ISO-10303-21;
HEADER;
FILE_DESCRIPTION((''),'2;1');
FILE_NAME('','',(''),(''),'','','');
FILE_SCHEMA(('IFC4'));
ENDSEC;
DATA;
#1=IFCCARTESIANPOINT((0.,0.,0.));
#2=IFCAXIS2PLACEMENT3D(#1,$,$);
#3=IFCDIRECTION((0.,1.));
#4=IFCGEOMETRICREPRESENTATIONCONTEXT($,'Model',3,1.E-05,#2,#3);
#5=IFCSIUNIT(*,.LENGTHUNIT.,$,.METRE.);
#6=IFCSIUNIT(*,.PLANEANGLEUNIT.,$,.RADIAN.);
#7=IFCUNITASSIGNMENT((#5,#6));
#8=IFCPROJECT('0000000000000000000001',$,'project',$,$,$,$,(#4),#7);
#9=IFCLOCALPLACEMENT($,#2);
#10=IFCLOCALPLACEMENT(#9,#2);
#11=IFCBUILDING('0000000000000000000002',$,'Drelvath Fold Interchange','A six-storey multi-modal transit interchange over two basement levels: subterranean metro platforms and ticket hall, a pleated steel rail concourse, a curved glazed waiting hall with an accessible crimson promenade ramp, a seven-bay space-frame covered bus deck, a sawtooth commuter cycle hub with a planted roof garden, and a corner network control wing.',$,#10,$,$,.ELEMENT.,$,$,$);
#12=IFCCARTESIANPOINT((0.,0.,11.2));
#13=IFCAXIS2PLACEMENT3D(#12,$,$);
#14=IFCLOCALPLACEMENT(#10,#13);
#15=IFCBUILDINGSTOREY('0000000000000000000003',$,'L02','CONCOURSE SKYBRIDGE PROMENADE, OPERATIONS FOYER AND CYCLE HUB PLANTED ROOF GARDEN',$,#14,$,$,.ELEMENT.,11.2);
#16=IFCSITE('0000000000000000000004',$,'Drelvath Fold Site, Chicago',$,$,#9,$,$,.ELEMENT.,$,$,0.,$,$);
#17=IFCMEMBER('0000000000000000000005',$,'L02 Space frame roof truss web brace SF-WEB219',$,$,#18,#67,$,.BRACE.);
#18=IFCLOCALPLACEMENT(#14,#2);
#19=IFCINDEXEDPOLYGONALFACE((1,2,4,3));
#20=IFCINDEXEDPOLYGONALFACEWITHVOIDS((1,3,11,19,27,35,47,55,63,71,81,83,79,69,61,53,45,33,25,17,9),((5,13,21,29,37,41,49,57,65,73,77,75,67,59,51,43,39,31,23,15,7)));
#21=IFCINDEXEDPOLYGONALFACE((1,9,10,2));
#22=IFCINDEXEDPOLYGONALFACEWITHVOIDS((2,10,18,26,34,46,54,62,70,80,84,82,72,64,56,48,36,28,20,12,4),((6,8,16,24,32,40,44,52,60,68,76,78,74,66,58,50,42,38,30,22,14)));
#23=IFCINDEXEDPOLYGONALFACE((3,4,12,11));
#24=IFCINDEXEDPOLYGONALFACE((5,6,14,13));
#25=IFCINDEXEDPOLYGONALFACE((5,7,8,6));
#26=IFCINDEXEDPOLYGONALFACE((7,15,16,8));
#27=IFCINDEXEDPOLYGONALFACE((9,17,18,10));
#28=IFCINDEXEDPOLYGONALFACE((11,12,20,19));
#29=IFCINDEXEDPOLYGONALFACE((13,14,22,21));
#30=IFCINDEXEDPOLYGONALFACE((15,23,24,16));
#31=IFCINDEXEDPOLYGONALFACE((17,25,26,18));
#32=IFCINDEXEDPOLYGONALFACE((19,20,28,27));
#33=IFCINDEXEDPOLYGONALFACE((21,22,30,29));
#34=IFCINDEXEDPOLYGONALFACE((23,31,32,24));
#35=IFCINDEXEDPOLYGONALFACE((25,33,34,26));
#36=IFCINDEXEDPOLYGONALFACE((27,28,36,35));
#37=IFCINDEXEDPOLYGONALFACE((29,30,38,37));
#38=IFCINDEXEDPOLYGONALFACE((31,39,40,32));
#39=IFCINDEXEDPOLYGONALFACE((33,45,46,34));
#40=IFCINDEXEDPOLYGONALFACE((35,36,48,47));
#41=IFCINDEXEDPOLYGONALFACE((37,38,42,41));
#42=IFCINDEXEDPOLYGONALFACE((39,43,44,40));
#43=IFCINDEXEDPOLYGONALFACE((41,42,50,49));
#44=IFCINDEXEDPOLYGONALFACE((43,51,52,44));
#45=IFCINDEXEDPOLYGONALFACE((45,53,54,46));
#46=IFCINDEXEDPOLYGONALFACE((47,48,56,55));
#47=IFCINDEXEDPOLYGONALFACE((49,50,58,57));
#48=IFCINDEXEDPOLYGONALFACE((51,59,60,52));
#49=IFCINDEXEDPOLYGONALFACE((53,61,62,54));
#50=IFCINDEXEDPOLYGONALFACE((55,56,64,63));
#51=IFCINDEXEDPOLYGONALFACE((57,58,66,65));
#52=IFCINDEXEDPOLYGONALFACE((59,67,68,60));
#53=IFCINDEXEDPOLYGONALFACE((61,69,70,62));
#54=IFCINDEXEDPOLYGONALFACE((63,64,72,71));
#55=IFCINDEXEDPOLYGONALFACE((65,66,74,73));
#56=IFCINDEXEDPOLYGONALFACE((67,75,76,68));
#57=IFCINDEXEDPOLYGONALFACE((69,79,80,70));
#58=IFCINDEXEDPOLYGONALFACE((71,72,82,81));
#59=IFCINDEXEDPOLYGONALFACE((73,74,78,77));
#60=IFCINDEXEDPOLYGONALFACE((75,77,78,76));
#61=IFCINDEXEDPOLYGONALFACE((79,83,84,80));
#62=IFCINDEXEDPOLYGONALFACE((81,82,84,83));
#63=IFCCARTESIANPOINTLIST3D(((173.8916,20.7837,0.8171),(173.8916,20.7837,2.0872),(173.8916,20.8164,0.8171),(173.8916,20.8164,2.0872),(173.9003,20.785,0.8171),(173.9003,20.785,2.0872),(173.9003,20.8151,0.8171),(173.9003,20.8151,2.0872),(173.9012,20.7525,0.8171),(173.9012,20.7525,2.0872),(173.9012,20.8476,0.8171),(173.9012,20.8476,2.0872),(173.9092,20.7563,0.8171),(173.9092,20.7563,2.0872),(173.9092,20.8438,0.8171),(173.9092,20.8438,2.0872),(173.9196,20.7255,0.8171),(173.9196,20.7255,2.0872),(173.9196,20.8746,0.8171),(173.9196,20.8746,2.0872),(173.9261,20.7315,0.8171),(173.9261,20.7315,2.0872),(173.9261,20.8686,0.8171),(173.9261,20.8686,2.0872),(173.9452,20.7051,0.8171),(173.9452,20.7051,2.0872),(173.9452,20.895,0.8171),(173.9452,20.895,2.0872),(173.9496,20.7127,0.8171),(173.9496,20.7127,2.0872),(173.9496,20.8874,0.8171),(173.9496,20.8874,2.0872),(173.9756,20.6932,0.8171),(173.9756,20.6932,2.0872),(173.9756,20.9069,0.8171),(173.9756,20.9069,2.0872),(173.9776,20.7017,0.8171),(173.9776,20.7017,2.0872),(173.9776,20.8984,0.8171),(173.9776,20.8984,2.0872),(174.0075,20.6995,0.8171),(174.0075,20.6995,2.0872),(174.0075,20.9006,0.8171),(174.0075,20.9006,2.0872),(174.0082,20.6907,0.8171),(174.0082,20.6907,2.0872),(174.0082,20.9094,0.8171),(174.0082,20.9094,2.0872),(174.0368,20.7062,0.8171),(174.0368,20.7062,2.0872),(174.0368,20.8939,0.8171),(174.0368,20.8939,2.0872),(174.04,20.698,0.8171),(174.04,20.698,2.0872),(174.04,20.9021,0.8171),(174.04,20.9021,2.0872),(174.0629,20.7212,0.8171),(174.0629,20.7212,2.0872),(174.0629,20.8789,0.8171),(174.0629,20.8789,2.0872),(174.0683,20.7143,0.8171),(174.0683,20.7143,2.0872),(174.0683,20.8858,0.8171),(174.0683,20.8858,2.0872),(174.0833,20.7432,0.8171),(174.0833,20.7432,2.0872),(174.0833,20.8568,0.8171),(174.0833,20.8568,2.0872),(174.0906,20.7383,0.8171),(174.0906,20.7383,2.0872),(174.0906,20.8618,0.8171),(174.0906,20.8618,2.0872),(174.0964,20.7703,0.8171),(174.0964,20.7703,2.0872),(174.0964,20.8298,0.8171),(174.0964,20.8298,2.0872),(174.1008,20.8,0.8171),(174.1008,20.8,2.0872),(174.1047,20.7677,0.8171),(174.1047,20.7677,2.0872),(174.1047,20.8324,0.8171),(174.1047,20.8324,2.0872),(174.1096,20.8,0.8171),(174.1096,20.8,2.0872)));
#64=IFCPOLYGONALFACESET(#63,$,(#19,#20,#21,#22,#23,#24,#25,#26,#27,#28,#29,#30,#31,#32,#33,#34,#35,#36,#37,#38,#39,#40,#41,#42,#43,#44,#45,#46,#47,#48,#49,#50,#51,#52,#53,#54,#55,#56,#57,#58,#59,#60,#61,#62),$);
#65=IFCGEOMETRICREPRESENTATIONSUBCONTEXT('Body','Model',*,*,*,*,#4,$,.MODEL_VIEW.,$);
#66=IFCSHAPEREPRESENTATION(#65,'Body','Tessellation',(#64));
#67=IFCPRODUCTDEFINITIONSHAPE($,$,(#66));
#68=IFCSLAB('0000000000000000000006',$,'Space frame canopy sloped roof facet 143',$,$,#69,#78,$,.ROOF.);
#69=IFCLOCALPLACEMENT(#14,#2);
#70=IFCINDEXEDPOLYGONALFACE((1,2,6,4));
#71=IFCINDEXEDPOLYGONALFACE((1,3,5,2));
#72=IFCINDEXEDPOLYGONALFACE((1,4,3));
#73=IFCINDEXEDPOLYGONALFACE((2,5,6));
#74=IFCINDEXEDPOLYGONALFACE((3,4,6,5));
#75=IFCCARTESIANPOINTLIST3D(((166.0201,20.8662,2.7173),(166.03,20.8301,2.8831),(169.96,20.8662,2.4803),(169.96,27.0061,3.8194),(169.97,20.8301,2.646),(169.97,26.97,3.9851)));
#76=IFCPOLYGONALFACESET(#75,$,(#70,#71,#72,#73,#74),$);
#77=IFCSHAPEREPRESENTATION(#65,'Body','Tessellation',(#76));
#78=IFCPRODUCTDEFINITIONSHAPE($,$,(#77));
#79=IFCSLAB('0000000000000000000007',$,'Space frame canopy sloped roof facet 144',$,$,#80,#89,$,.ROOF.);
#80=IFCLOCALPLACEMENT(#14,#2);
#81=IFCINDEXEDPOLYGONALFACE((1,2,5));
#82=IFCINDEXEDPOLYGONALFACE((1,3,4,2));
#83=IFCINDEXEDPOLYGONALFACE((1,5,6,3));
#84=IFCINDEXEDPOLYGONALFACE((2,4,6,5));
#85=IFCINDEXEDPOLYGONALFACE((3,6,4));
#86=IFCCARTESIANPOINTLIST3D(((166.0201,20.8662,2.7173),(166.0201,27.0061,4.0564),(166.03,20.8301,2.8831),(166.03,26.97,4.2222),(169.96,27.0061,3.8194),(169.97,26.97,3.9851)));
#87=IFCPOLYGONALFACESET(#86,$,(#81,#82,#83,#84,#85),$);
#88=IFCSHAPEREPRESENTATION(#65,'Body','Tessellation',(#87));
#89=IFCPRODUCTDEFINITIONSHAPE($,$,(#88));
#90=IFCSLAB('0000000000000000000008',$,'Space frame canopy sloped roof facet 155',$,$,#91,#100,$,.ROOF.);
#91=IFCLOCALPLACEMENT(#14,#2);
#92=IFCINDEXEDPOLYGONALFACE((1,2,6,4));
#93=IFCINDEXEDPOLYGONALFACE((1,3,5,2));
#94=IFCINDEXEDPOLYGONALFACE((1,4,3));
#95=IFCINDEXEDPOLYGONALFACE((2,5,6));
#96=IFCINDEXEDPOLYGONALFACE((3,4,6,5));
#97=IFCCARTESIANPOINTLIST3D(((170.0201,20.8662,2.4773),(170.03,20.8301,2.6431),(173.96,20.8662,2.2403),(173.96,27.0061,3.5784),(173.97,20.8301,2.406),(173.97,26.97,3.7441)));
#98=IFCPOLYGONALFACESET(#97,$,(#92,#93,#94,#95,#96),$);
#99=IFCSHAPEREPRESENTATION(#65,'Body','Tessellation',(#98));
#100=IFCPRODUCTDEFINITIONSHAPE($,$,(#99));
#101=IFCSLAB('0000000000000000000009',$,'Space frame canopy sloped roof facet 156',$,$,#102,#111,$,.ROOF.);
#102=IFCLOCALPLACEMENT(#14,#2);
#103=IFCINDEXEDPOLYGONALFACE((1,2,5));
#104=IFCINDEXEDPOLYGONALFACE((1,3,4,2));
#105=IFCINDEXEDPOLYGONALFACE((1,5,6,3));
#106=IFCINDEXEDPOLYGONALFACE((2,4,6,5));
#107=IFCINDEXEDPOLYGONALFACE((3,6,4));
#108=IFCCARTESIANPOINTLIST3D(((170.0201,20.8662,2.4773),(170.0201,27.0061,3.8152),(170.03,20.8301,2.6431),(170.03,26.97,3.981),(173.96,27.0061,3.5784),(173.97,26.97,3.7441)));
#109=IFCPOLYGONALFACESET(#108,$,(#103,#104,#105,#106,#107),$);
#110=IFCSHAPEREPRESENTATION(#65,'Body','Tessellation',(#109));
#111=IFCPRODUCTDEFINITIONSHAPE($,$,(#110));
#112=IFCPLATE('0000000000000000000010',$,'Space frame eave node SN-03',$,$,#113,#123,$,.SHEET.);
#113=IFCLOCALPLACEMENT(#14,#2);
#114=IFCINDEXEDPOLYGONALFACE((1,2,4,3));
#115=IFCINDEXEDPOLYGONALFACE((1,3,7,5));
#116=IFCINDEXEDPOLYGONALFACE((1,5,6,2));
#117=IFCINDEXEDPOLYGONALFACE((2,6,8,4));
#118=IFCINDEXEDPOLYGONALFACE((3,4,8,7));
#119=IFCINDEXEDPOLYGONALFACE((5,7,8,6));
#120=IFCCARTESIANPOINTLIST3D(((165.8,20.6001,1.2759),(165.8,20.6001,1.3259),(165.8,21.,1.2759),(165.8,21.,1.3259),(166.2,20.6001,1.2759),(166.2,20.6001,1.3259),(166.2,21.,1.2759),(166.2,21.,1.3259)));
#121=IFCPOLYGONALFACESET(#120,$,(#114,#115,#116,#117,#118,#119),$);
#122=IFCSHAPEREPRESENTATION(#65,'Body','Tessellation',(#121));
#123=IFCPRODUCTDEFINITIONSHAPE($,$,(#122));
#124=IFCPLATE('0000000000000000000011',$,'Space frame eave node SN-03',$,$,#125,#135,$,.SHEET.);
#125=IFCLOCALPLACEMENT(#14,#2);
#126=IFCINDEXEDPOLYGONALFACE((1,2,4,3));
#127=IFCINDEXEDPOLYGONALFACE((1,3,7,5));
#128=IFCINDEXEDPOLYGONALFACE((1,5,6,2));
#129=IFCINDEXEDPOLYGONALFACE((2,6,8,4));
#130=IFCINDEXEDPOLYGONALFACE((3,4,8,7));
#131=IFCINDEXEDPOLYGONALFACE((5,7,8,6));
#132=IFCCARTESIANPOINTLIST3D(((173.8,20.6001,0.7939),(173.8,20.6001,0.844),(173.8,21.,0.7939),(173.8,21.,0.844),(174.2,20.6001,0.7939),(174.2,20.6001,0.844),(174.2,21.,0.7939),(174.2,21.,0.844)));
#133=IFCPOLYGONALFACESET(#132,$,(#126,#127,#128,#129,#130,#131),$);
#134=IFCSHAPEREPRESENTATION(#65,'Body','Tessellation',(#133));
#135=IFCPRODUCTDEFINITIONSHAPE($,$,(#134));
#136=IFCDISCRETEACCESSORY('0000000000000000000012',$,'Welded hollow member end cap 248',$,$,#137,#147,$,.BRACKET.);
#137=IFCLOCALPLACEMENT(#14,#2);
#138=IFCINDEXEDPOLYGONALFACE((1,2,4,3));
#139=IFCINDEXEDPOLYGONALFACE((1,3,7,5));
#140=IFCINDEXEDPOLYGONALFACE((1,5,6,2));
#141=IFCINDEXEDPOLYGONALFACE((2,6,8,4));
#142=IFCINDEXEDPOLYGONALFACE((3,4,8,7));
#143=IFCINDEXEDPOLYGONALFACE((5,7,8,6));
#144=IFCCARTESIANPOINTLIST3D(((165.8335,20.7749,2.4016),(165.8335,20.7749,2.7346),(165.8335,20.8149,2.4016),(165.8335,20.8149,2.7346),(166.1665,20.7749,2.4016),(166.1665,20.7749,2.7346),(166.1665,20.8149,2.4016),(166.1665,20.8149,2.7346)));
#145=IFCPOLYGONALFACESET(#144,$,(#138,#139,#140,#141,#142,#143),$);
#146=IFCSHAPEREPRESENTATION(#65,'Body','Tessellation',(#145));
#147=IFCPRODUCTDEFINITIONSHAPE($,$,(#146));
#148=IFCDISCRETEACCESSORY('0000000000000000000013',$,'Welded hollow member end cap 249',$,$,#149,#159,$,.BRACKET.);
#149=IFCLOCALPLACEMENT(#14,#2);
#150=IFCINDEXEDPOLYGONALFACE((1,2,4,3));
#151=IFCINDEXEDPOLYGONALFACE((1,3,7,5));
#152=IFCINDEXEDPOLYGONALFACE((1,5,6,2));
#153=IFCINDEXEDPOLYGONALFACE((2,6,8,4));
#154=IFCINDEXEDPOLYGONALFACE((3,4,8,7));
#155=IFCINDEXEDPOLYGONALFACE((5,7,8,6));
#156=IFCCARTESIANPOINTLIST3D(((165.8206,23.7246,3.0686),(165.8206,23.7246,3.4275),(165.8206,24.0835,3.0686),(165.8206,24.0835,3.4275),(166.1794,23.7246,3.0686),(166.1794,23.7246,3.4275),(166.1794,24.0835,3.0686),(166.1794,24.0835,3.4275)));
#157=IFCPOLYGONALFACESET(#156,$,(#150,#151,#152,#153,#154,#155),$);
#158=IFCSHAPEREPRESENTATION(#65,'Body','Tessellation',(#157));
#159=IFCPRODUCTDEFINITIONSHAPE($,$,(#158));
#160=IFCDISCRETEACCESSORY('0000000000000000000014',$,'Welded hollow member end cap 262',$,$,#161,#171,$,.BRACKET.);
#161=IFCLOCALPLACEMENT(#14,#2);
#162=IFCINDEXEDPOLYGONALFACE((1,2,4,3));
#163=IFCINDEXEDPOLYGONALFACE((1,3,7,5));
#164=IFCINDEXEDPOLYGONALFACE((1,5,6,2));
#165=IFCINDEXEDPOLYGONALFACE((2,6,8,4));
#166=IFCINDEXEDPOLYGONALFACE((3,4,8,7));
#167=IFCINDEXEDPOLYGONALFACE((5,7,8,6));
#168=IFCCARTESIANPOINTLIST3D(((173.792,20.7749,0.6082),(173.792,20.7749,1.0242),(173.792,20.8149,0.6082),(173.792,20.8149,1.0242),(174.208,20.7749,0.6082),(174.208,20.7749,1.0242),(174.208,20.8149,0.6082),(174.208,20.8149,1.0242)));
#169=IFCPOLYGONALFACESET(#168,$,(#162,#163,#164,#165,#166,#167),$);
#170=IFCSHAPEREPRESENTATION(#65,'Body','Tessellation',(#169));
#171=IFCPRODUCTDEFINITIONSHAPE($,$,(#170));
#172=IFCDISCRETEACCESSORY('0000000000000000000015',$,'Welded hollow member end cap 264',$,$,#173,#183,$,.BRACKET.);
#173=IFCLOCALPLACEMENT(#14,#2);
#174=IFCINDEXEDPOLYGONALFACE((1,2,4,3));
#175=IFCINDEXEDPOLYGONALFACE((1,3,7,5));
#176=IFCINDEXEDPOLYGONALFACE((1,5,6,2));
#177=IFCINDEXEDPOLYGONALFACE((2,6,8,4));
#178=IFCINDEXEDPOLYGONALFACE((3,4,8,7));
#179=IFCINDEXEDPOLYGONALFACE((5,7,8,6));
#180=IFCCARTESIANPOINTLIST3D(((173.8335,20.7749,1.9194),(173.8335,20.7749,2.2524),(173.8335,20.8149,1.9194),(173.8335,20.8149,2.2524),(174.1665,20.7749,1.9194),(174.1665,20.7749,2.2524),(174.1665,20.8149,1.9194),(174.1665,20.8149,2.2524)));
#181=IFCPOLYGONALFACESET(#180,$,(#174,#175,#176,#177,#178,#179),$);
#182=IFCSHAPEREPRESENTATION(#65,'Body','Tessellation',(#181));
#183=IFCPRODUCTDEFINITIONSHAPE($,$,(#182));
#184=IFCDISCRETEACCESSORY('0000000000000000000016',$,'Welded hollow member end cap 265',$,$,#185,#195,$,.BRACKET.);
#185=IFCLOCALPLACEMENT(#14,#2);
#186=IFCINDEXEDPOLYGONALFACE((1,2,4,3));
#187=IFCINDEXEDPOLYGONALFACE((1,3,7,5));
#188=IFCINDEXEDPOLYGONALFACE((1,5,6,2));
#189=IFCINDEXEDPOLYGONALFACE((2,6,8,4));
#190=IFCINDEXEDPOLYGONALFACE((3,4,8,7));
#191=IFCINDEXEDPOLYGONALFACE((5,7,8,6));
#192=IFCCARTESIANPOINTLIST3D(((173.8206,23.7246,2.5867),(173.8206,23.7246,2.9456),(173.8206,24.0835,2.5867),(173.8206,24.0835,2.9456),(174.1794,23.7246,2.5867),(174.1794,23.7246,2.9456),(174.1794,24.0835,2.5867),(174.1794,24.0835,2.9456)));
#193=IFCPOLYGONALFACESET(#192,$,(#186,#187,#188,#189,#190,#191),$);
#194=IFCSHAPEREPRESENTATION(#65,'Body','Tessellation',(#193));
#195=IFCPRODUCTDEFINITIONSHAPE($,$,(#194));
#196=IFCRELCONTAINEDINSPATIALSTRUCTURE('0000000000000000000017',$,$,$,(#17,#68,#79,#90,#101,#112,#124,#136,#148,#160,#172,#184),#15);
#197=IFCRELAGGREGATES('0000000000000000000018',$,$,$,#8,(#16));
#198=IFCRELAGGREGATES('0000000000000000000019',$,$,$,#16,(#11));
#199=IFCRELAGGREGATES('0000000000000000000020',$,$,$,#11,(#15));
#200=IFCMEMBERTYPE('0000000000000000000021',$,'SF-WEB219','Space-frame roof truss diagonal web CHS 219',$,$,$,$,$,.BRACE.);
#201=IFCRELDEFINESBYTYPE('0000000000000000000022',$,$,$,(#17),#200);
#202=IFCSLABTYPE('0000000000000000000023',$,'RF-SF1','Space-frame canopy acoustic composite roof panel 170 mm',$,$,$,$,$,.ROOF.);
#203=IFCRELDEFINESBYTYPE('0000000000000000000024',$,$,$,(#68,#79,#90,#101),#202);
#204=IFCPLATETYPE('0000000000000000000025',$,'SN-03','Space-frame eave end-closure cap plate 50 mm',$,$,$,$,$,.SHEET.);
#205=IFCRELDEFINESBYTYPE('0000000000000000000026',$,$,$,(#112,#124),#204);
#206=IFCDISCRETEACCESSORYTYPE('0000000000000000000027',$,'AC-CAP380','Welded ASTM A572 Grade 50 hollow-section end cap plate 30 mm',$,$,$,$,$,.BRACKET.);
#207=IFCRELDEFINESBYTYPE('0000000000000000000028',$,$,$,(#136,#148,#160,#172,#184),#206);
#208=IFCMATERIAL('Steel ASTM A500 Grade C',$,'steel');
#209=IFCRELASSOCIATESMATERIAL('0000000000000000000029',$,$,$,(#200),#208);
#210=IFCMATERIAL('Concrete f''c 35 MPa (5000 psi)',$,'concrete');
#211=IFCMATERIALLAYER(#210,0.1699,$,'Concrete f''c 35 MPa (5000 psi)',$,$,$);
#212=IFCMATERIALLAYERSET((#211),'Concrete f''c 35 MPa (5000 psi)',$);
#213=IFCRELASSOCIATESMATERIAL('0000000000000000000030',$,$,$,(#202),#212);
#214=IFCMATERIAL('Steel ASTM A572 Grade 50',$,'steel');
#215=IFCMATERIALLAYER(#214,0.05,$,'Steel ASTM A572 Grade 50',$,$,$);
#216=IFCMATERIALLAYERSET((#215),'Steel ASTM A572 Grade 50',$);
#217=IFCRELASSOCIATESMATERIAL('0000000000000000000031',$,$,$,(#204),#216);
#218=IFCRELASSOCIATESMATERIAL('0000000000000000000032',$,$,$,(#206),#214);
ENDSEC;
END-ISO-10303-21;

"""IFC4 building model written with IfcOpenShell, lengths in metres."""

from ifc_helpers import new_model, si_unit, direction, frame, origin, origin_2d, place, context, subcontext, project, spatial, polyline, rectangle, hollow_circle, outline, extrude, material, layer, layer_set, material_profile, profile_set, type_object, element, save


model = new_model("IFC4")

# Units and contexts
model_context = context("Model", 3, precision=1e-05, world=origin(), true_north=direction((0.0, 1.0)))
body_context = subcontext(model_context, "Body", "Model", "MODEL_VIEW")
ifc_project = project(units=[si_unit("LENGTHUNIT", "METRE"), si_unit("PLANEANGLEUNIT", "RADIAN")], contexts=[model_context])

# Site, building, storey
site_placement = place(None, origin())
site = spatial("IfcSite", under=ifc_project, at=site_placement, Name="Drelvath Fold Site, Chicago", CompositionType="ELEMENT", RefElevation=0.0)
building_placement = place(site_placement, origin())
building = spatial("IfcBuilding", under=site, at=building_placement, Name="Drelvath Fold Interchange", Description="A six-storey multi-modal transit interchange over two basement levels: subterranean metro platforms and ticket hall, a pleated steel rail concourse, a curved glazed waiting hall with an accessible crimson promenade ramp, a seven-bay space-frame covered bus deck, a sawtooth commuter cycle hub with a planted roof garden, and a corner network control wing.", CompositionType="ELEMENT")
storey_placement = place(building_placement, frame((0.0, 0.0, 11.2)))
storey = spatial("IfcBuildingStorey", under=building, at=storey_placement, Name="L02", Description="CONCOURSE SKYBRIDGE PROMENADE, OPERATIONS FOYER AND CYCLE HUB PLANTED ROOF GARDEN", CompositionType="ELEMENT", Elevation=11.2)

# Shared definitions
ifc_material_1 = material(Name="Steel ASTM A500 Grade C", Category="steel")

# Member
ifc_material_profile_1 = material_profile(ifc_material_1, hollow_circle(Radius=0.1096, WallThickness=0.0088, at=origin_2d()), Name="HSS8.625X0.375")
ifc_profile_set_1 = profile_set([ifc_material_profile_1], Name="Steel ASTM A500 Grade C")
member_type_1 = type_object("IfcMemberType", Name="SF-WEB219", Description="Space-frame roof truss diagonal web CHS 219", PredefinedType="BRACE", material=ifc_profile_set_1)
member_1_placement = place(storey_placement, frame((174.0, 20.8, 0.8171), z_axis=(0.0, 0.0, 1.0), x_axis=(1.0, 0.0, 0.0)))
element("IfcMember", 1, at=member_1_placement, inside=storey, type_object=member_type_1, Name="L02 Space frame roof truss web brace SF-WEB219", PredefinedType="BRACE", context=body_context, shape_type="SweptSolid", body=[
    extrude(hollow_circle(Radius=0.1096, WallThickness=0.0088, at=origin_2d()), origin(), (0.0, 0.0, 1.0), 1.27),
])

# Slabs
ifc_material_2 = material(Name="Concrete f'c 35 MPa (5000 psi)", Category="concrete")
ifc_layer_1 = layer(ifc_material_2, 0.1699, Name="Concrete f'c 35 MPa (5000 psi)")
ifc_layer_set_1 = layer_set([ifc_layer_1], Name="Concrete f'c 35 MPa (5000 psi)")
slab_type = type_object("IfcSlabType", Name="RF-SF1", Description="Space-frame canopy acoustic composite roof panel 170 mm", PredefinedType="ROOF", material=ifc_layer_set_1)
slab_1_placement = place(storey_placement, frame((166.03, 20.8301, 2.8831), z_axis=(0.058685, -0.212724, 0.975348), x_axis=(0.998195, 0.0, -0.06006)))
element("IfcSlab", 2, at=slab_1_placement, inside=storey, type_object=slab_type, Name="Space frame canopy sloped roof facet 143", PredefinedType="ROOF", context=body_context, shape_type="SweptSolid", body=[
    extrude(outline(polyline([(0.0, 0.0), (3.9471, 0.0), (3.8666, 6.2837), (0.0, 0.0)])), origin(), (0.0, 0.0, -1.0), 0.1699),
])
slab_2_placement = place(storey_placement, frame((166.03, 20.8301, 2.8831), z_axis=(0.058685, -0.212724, 0.975348), x_axis=(0.534007, 0.832181, 0.149368)))
element("IfcSlab", 3, at=slab_2_placement, inside=storey, type_object=slab_type, Name="Space frame canopy sloped roof facet 144", PredefinedType="ROOF", context=body_context, shape_type="SweptSolid", body=[
    extrude(outline(polyline([(0.0, 0.0), (7.3781, 0.0), (5.3095, 3.3616), (0.0, 0.0)])), origin(), (0.0, 0.0, -1.0), 0.1699),
])
slab_3_placement = place(storey_placement, frame((170.03, 20.8301, 2.6431), z_axis=(0.058687, -0.212576, 0.975381), x_axis=(0.998195, 0.0, -0.06006)))
element("IfcSlab", 4, at=slab_3_placement, inside=storey, type_object=slab_type, Name="Space frame canopy sloped roof facet 155", PredefinedType="ROOF", context=body_context, shape_type="SweptSolid", body=[
    extrude(outline(polyline([(0.0, 0.0), (3.9471, 0.0), (3.8667, 6.2835), (0.0, 0.0)])), origin(), (0.0, 0.0, -1.0), 0.1699),
])
slab_4_placement = place(storey_placement, frame((170.03, 20.8301, 2.6431), z_axis=(0.058627, -0.212539, 0.975392), x_axis=(0.534018, 0.832198, 0.149239)))
element("IfcSlab", 5, at=slab_4_placement, inside=storey, type_object=slab_type, Name="Space frame canopy sloped roof facet 156", PredefinedType="ROOF", context=body_context, shape_type="SweptSolid", body=[
    extrude(outline(polyline([(0.0, 0.0), (7.3779, 0.0), (5.3093, 3.3615), (0.0, 0.0)])), origin(), (0.0, 0.0, -1.0), 0.1699),
])

# Plates
ifc_material_3 = material(Name="Steel ASTM A572 Grade 50", Category="steel")
ifc_layer_2 = layer(ifc_material_3, 0.05, Name="Steel ASTM A572 Grade 50")
ifc_layer_set_2 = layer_set([ifc_layer_2], Name="Steel ASTM A572 Grade 50")
plate_type = type_object("IfcPlateType", Name="SN-03", Description="Space-frame eave end-closure cap plate 50 mm", PredefinedType="SHEET", material=ifc_layer_set_2)
for number, where, z_axis, x_axis, name in (
    (6, (166.0, 20.8, 1.2759), (0.0, 0.0, 1.0), (1.0, 0.0, 0.0), "Space frame eave node SN-03"),
    (7, (174.0, 20.8, 0.7939), (0.0, 0.0, 1.0), (1.0, 0.0, 0.0), "Space frame eave node SN-03"),
):
    element("IfcPlate", number, at=place(storey_placement, frame(where, z_axis=z_axis, x_axis=x_axis)), inside=storey, type_object=plate_type, Name=name, PredefinedType="SHEET", context=body_context, shape_type="SweptSolid", body=[
        extrude(rectangle(XDim=0.3999, YDim=0.3999, at=origin_2d()), origin(), (0.0, 0.0, 1.0), 0.05),
    ])

# Discrete accessories
discrete_accessory_type = type_object("IfcDiscreteAccessoryType", Name="AC-CAP380", Description="Welded ASTM A572 Grade 50 hollow-section end cap plate 30 mm", PredefinedType="BRACKET", material=ifc_material_3)
discrete_accessory_1_placement = place(storey_placement, frame((166.0, 20.7949, 2.4016), z_axis=(0.0, 0.0, 1.0), x_axis=(1.0, 0.0, 0.0)))
element("IfcDiscreteAccessory", 8, at=discrete_accessory_1_placement, inside=storey, type_object=discrete_accessory_type, Name="Welded hollow member end cap 248", PredefinedType="BRACKET", context=body_context, shape_type="SweptSolid", body=[
    extrude(rectangle(XDim=0.333, YDim=0.04, at=origin_2d()), origin(), (0.0, 0.0, 1.0), 0.333),
])
discrete_accessory_2_placement = place(storey_placement, frame((166.0, 23.9041, 3.0686), z_axis=(0.0, 0.0, 1.0), x_axis=(1.0, 0.0, 0.0)))
element("IfcDiscreteAccessory", 9, at=discrete_accessory_2_placement, inside=storey, type_object=discrete_accessory_type, Name="Welded hollow member end cap 249", PredefinedType="BRACKET", context=body_context, shape_type="SweptSolid", body=[
    extrude(rectangle(XDim=0.3589, YDim=0.3589, at=origin_2d()), origin(), (0.0, 0.0, 1.0), 0.3589),
])
discrete_accessory_3_placement = place(storey_placement, frame((174.0, 20.7949, 0.6082), z_axis=(0.0, 0.0, 1.0), x_axis=(1.0, 0.0, 0.0)))
element("IfcDiscreteAccessory", 10, at=discrete_accessory_3_placement, inside=storey, type_object=discrete_accessory_type, Name="Welded hollow member end cap 262", PredefinedType="BRACKET", context=body_context, shape_type="SweptSolid", body=[
    extrude(rectangle(XDim=0.416, YDim=0.04, at=origin_2d()), origin(), (0.0, 0.0, 1.0), 0.416),
])
discrete_accessory_4_placement = place(storey_placement, frame((174.0, 20.7949, 1.9194), z_axis=(0.0, 0.0, 1.0), x_axis=(1.0, 0.0, 0.0)))
element("IfcDiscreteAccessory", 11, at=discrete_accessory_4_placement, inside=storey, type_object=discrete_accessory_type, Name="Welded hollow member end cap 264", PredefinedType="BRACKET", context=body_context, shape_type="SweptSolid", body=[
    extrude(rectangle(XDim=0.333, YDim=0.04, at=origin_2d()), origin(), (0.0, 0.0, 1.0), 0.333),
])
discrete_accessory_5_placement = place(storey_placement, frame((174.0, 23.9041, 2.5867), z_axis=(0.0, 0.0, 1.0), x_axis=(1.0, 0.0, 0.0)))
element("IfcDiscreteAccessory", 12, at=discrete_accessory_5_placement, inside=storey, type_object=discrete_accessory_type, Name="Welded hollow member end cap 265", PredefinedType="BRACKET", context=body_context, shape_type="SweptSolid", body=[
    extrude(rectangle(XDim=0.3589, YDim=0.3589, at=origin_2d()), origin(), (0.0, 0.0, 1.0), 0.3589),
])

save(model, "model.ifc")
